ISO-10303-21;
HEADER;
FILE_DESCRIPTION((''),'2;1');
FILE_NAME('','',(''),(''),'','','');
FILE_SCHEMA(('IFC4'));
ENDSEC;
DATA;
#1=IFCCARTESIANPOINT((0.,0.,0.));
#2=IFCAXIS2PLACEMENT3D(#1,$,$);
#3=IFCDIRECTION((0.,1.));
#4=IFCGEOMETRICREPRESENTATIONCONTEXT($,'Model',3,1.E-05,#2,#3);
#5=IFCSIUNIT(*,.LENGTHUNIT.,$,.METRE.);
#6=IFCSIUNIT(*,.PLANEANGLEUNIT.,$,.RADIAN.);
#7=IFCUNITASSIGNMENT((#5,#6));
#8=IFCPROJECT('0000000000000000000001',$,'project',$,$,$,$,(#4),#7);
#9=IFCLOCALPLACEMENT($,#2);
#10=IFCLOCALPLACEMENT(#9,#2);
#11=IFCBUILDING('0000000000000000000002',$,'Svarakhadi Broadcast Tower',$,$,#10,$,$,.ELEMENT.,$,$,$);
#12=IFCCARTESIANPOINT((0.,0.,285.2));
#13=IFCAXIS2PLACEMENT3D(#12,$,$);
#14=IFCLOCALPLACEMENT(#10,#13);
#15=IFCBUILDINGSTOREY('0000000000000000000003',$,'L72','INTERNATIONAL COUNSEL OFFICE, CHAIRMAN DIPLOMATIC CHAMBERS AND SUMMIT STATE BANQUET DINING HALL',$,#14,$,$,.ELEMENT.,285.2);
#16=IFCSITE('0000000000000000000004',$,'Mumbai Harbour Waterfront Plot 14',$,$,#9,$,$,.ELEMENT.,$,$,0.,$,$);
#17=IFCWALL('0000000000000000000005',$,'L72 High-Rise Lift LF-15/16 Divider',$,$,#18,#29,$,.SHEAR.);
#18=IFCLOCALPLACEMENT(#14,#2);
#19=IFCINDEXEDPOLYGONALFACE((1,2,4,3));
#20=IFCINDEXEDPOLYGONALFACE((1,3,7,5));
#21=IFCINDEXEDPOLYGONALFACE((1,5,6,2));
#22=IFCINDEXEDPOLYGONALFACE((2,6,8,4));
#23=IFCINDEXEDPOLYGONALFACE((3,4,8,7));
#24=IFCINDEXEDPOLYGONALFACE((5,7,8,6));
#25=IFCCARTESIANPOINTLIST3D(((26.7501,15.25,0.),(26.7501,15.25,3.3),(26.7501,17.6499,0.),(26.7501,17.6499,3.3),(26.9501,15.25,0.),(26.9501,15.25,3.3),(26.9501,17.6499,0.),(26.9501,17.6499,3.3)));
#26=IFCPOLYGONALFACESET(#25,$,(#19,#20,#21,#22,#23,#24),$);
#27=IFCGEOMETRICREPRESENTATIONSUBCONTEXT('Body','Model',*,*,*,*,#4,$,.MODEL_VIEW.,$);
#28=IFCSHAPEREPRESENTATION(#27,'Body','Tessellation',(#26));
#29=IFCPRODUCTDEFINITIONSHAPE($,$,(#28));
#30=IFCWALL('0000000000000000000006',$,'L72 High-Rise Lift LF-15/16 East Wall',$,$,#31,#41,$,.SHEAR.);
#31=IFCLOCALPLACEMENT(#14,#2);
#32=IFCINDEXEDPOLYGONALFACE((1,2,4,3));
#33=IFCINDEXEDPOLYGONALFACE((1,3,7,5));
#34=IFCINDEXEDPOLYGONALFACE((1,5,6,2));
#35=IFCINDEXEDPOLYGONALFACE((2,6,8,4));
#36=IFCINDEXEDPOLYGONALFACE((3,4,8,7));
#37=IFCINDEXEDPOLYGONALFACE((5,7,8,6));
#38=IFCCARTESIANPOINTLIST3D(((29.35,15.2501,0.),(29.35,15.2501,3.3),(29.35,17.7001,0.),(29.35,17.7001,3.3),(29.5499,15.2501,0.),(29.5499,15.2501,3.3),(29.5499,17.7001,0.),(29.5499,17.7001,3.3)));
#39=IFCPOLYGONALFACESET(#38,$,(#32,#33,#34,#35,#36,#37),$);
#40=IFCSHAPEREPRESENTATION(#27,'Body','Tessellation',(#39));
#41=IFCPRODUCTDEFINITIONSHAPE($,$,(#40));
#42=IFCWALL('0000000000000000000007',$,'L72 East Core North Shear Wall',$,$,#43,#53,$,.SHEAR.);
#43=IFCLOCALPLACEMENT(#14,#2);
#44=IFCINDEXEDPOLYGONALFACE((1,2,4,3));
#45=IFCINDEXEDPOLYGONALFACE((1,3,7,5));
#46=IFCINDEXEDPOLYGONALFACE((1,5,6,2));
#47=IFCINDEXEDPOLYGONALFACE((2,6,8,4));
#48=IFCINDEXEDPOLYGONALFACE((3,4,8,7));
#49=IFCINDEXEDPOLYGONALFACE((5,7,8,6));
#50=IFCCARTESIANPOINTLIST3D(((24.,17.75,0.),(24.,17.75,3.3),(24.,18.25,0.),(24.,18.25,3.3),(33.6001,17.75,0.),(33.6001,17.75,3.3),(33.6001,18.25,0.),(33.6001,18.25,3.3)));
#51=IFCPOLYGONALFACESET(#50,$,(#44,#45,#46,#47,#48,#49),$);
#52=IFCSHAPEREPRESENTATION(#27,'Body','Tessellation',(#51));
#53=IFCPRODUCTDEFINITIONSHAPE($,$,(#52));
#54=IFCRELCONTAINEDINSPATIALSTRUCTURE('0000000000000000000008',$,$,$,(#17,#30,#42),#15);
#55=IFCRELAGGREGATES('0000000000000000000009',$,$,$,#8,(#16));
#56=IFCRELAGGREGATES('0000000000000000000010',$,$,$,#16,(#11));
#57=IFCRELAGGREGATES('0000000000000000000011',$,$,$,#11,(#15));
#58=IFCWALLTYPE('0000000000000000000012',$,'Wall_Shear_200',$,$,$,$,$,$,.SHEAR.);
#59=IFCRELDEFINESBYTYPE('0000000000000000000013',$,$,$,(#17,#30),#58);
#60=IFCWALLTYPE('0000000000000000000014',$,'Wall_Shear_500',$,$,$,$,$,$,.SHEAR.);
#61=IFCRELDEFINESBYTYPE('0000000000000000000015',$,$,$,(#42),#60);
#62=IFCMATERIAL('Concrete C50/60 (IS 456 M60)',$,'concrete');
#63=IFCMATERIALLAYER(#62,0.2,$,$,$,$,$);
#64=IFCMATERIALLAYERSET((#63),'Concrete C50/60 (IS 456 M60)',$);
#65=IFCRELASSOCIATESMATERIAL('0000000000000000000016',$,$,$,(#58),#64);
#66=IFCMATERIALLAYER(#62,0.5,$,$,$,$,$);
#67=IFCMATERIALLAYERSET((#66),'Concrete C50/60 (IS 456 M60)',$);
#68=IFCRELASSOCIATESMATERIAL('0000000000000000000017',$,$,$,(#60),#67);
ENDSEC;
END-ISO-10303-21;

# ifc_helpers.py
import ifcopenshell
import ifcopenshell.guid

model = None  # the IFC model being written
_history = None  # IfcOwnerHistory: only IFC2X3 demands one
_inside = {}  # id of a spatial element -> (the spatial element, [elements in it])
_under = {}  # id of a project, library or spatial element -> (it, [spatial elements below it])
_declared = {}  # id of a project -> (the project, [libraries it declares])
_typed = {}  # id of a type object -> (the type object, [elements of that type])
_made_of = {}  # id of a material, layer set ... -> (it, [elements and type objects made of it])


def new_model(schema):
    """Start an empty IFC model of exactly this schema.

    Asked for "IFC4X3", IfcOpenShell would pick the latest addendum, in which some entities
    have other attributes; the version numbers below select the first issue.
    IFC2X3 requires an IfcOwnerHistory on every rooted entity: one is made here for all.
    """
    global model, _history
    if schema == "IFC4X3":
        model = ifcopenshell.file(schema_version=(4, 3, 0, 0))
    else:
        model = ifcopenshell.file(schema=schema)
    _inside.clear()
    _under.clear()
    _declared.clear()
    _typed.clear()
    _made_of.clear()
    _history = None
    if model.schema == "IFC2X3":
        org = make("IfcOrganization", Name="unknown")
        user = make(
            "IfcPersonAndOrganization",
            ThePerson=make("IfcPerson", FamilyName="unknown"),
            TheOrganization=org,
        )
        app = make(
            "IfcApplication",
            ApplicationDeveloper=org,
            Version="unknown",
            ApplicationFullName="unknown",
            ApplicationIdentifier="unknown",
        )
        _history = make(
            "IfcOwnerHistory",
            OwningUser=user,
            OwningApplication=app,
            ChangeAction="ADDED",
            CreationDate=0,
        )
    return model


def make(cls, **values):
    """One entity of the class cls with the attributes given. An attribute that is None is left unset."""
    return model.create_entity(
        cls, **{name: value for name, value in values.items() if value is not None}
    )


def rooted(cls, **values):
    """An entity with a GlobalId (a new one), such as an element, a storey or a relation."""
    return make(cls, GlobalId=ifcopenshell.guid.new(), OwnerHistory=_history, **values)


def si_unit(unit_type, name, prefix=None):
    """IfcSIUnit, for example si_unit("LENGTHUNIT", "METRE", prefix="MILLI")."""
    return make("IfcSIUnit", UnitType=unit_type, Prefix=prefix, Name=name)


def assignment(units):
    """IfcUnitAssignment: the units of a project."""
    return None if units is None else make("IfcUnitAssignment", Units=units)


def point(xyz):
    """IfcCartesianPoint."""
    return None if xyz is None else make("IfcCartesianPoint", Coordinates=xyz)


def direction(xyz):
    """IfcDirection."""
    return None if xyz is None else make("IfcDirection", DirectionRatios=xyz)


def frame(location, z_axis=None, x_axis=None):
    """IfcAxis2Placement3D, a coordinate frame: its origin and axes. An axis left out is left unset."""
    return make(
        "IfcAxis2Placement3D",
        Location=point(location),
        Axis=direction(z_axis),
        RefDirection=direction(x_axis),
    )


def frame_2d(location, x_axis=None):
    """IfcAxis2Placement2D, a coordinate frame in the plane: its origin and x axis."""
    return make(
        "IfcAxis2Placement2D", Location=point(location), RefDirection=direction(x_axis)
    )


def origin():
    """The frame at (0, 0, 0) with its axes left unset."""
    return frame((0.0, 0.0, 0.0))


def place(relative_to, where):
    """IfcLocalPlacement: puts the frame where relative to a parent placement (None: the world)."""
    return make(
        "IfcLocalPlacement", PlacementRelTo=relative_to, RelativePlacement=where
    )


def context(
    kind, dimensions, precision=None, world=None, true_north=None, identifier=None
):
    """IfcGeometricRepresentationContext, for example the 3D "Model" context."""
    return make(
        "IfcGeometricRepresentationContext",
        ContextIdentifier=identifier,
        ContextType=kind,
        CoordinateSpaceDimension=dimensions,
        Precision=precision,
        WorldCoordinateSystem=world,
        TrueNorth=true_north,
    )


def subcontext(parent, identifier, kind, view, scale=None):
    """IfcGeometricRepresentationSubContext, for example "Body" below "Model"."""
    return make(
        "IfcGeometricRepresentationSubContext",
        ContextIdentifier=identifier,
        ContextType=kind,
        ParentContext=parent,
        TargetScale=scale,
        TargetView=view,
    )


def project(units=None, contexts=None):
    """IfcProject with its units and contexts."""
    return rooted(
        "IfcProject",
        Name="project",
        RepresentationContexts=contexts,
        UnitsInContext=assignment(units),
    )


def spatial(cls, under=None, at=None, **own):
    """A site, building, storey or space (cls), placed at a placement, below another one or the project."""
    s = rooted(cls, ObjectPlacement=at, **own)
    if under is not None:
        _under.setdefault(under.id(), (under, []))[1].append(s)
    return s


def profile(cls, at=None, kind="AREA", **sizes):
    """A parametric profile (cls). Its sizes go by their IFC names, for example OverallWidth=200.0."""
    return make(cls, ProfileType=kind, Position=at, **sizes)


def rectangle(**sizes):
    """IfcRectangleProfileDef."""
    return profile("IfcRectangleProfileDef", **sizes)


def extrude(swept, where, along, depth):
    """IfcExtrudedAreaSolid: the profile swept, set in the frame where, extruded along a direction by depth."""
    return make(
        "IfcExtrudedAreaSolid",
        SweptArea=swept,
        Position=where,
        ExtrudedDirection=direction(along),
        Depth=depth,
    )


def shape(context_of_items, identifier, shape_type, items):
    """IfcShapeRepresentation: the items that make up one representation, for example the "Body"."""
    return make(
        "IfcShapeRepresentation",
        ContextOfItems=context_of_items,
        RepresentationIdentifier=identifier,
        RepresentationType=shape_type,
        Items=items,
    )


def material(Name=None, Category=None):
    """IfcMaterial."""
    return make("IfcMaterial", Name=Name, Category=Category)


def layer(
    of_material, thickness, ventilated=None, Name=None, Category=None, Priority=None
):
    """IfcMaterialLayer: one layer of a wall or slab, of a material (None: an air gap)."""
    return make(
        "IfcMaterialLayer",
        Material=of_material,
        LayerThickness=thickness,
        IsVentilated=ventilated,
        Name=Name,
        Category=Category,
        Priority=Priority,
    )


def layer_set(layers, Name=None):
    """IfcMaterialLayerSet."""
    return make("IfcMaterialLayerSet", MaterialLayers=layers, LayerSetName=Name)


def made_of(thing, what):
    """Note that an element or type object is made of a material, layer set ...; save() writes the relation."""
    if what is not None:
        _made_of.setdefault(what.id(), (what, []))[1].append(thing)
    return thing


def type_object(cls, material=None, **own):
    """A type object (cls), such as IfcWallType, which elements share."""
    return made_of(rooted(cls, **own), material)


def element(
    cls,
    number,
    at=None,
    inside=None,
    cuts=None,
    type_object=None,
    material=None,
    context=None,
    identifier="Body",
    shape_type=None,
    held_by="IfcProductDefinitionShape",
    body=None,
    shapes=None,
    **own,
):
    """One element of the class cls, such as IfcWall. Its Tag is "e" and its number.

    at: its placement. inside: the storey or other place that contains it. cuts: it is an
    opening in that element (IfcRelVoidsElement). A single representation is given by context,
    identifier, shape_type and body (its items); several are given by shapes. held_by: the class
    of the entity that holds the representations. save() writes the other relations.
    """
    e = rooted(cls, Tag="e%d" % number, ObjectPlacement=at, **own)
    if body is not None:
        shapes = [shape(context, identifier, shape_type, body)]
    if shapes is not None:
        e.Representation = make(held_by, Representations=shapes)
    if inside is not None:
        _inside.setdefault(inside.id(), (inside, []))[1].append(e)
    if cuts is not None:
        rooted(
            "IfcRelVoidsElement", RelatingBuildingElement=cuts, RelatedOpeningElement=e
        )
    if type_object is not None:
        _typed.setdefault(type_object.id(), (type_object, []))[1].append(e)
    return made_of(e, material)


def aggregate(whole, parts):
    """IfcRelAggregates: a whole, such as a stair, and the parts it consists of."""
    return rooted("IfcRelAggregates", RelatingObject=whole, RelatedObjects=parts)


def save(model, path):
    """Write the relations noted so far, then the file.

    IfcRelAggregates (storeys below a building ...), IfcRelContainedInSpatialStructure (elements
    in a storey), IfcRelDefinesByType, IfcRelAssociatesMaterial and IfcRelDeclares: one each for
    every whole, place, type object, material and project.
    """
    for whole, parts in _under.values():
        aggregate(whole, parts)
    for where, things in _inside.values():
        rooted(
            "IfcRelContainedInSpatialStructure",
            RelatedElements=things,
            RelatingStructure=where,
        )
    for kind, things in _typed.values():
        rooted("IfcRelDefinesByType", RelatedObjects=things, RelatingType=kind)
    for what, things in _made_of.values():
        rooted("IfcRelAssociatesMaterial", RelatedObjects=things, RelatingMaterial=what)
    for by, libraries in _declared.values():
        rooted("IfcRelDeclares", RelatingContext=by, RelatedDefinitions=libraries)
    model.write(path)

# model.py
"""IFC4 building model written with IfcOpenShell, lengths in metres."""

from ifc_helpers import new_model, si_unit, direction, frame, frame_2d, origin, place, context, subcontext, project, spatial, rectangle, extrude, material, layer, layer_set, type_object, element, save


model = new_model("IFC4")

# Units and contexts
model_context = context("Model", 3, precision=1e-05, world=origin(), true_north=direction((0.0, 1.0)))
body_context = subcontext(model_context, "Body", "Model", "MODEL_VIEW")
ifc_project = project(units=[si_unit("LENGTHUNIT", "METRE"), si_unit("PLANEANGLEUNIT", "RADIAN")], contexts=[model_context])

# Site, building, storey
site_placement = place(None, origin())
site = spatial("IfcSite", under=ifc_project, at=site_placement, Name="Mumbai Harbour Waterfront Plot 14", CompositionType="ELEMENT", RefElevation=0.0)
building_placement = place(site_placement, origin())
building = spatial("IfcBuilding", under=site, at=building_placement, Name="Svarakhadi Broadcast Tower", CompositionType="ELEMENT")
storey_placement = place(building_placement, frame((0.0, 0.0, 285.2)))
storey = spatial("IfcBuildingStorey", under=building, at=storey_placement, Name="L72", Description="INTERNATIONAL COUNSEL OFFICE, CHAIRMAN DIPLOMATIC CHAMBERS AND SUMMIT STATE BANQUET DINING HALL", CompositionType="ELEMENT", Elevation=285.2)

# Shared definitions
ifc_material_1 = material(Name="Concrete C50/60 (IS 456 M60)", Category="concrete")

# Shared definitions
ifc_layer_1 = layer(ifc_material_1, 0.2)
ifc_layer_set_1 = layer_set([ifc_layer_1], Name="Concrete C50/60 (IS 456 M60)")
wall_type_1 = type_object("IfcWallType", Name="Wall_Shear_200", PredefinedType="SHEAR", material=ifc_layer_set_1)

# Walls
wall_1_placement = place(storey_placement, frame((26.8501, 15.25, 0.0), z_axis=(0.0, 0.0, 1.0), x_axis=(0.0, 1.0, 0.0)))
element("IfcWall", 1, at=wall_1_placement, inside=storey, type_object=wall_type_1, Name="L72 High-Rise Lift LF-15/16 Divider", PredefinedType="SHEAR", context=body_context, shape_type="SweptSolid", body=[
    extrude(rectangle(XDim=2.3999, YDim=0.2, at=frame_2d((1.2, 0.0))), origin(), (0.0, 0.0, 1.0), 3.3),
])
wall_2_placement = place(storey_placement, frame((29.45, 15.25, 0.0), z_axis=(0.0, 0.0, 1.0), x_axis=(0.0, 1.0, 0.0)))
element("IfcWall", 2, at=wall_2_placement, inside=storey, type_object=wall_type_1, Name="L72 High-Rise Lift LF-15/16 East Wall", PredefinedType="SHEAR", context=body_context, shape_type="SweptSolid", body=[
    extrude(rectangle(XDim=2.45, YDim=0.2, at=frame_2d((1.2251, 0.0))), origin(), (0.0, 0.0, 1.0), 3.3),
])
ifc_layer_2 = layer(ifc_material_1, 0.5)
ifc_layer_set_2 = layer_set([ifc_layer_2], Name="Concrete C50/60 (IS 456 M60)")
wall_type_2 = type_object("IfcWallType", Name="Wall_Shear_500", PredefinedType="SHEAR", material=ifc_layer_set_2)
wall_3_placement = place(storey_placement, frame((24.0, 18.0, 0.0), z_axis=(0.0, 0.0, 1.0), x_axis=(1.0, 0.0, 0.0)))
element("IfcWall", 3, at=wall_3_placement, inside=storey, type_object=wall_type_2, Name="L72 East Core North Shear Wall", PredefinedType="SHEAR", context=body_context, shape_type="SweptSolid", body=[
    extrude(rectangle(XDim=9.6001, YDim=0.5, at=frame_2d((4.8, 0.0))), origin(), (0.0, 0.0, 1.0), 3.3),
])

save(model, "model.ifc")
